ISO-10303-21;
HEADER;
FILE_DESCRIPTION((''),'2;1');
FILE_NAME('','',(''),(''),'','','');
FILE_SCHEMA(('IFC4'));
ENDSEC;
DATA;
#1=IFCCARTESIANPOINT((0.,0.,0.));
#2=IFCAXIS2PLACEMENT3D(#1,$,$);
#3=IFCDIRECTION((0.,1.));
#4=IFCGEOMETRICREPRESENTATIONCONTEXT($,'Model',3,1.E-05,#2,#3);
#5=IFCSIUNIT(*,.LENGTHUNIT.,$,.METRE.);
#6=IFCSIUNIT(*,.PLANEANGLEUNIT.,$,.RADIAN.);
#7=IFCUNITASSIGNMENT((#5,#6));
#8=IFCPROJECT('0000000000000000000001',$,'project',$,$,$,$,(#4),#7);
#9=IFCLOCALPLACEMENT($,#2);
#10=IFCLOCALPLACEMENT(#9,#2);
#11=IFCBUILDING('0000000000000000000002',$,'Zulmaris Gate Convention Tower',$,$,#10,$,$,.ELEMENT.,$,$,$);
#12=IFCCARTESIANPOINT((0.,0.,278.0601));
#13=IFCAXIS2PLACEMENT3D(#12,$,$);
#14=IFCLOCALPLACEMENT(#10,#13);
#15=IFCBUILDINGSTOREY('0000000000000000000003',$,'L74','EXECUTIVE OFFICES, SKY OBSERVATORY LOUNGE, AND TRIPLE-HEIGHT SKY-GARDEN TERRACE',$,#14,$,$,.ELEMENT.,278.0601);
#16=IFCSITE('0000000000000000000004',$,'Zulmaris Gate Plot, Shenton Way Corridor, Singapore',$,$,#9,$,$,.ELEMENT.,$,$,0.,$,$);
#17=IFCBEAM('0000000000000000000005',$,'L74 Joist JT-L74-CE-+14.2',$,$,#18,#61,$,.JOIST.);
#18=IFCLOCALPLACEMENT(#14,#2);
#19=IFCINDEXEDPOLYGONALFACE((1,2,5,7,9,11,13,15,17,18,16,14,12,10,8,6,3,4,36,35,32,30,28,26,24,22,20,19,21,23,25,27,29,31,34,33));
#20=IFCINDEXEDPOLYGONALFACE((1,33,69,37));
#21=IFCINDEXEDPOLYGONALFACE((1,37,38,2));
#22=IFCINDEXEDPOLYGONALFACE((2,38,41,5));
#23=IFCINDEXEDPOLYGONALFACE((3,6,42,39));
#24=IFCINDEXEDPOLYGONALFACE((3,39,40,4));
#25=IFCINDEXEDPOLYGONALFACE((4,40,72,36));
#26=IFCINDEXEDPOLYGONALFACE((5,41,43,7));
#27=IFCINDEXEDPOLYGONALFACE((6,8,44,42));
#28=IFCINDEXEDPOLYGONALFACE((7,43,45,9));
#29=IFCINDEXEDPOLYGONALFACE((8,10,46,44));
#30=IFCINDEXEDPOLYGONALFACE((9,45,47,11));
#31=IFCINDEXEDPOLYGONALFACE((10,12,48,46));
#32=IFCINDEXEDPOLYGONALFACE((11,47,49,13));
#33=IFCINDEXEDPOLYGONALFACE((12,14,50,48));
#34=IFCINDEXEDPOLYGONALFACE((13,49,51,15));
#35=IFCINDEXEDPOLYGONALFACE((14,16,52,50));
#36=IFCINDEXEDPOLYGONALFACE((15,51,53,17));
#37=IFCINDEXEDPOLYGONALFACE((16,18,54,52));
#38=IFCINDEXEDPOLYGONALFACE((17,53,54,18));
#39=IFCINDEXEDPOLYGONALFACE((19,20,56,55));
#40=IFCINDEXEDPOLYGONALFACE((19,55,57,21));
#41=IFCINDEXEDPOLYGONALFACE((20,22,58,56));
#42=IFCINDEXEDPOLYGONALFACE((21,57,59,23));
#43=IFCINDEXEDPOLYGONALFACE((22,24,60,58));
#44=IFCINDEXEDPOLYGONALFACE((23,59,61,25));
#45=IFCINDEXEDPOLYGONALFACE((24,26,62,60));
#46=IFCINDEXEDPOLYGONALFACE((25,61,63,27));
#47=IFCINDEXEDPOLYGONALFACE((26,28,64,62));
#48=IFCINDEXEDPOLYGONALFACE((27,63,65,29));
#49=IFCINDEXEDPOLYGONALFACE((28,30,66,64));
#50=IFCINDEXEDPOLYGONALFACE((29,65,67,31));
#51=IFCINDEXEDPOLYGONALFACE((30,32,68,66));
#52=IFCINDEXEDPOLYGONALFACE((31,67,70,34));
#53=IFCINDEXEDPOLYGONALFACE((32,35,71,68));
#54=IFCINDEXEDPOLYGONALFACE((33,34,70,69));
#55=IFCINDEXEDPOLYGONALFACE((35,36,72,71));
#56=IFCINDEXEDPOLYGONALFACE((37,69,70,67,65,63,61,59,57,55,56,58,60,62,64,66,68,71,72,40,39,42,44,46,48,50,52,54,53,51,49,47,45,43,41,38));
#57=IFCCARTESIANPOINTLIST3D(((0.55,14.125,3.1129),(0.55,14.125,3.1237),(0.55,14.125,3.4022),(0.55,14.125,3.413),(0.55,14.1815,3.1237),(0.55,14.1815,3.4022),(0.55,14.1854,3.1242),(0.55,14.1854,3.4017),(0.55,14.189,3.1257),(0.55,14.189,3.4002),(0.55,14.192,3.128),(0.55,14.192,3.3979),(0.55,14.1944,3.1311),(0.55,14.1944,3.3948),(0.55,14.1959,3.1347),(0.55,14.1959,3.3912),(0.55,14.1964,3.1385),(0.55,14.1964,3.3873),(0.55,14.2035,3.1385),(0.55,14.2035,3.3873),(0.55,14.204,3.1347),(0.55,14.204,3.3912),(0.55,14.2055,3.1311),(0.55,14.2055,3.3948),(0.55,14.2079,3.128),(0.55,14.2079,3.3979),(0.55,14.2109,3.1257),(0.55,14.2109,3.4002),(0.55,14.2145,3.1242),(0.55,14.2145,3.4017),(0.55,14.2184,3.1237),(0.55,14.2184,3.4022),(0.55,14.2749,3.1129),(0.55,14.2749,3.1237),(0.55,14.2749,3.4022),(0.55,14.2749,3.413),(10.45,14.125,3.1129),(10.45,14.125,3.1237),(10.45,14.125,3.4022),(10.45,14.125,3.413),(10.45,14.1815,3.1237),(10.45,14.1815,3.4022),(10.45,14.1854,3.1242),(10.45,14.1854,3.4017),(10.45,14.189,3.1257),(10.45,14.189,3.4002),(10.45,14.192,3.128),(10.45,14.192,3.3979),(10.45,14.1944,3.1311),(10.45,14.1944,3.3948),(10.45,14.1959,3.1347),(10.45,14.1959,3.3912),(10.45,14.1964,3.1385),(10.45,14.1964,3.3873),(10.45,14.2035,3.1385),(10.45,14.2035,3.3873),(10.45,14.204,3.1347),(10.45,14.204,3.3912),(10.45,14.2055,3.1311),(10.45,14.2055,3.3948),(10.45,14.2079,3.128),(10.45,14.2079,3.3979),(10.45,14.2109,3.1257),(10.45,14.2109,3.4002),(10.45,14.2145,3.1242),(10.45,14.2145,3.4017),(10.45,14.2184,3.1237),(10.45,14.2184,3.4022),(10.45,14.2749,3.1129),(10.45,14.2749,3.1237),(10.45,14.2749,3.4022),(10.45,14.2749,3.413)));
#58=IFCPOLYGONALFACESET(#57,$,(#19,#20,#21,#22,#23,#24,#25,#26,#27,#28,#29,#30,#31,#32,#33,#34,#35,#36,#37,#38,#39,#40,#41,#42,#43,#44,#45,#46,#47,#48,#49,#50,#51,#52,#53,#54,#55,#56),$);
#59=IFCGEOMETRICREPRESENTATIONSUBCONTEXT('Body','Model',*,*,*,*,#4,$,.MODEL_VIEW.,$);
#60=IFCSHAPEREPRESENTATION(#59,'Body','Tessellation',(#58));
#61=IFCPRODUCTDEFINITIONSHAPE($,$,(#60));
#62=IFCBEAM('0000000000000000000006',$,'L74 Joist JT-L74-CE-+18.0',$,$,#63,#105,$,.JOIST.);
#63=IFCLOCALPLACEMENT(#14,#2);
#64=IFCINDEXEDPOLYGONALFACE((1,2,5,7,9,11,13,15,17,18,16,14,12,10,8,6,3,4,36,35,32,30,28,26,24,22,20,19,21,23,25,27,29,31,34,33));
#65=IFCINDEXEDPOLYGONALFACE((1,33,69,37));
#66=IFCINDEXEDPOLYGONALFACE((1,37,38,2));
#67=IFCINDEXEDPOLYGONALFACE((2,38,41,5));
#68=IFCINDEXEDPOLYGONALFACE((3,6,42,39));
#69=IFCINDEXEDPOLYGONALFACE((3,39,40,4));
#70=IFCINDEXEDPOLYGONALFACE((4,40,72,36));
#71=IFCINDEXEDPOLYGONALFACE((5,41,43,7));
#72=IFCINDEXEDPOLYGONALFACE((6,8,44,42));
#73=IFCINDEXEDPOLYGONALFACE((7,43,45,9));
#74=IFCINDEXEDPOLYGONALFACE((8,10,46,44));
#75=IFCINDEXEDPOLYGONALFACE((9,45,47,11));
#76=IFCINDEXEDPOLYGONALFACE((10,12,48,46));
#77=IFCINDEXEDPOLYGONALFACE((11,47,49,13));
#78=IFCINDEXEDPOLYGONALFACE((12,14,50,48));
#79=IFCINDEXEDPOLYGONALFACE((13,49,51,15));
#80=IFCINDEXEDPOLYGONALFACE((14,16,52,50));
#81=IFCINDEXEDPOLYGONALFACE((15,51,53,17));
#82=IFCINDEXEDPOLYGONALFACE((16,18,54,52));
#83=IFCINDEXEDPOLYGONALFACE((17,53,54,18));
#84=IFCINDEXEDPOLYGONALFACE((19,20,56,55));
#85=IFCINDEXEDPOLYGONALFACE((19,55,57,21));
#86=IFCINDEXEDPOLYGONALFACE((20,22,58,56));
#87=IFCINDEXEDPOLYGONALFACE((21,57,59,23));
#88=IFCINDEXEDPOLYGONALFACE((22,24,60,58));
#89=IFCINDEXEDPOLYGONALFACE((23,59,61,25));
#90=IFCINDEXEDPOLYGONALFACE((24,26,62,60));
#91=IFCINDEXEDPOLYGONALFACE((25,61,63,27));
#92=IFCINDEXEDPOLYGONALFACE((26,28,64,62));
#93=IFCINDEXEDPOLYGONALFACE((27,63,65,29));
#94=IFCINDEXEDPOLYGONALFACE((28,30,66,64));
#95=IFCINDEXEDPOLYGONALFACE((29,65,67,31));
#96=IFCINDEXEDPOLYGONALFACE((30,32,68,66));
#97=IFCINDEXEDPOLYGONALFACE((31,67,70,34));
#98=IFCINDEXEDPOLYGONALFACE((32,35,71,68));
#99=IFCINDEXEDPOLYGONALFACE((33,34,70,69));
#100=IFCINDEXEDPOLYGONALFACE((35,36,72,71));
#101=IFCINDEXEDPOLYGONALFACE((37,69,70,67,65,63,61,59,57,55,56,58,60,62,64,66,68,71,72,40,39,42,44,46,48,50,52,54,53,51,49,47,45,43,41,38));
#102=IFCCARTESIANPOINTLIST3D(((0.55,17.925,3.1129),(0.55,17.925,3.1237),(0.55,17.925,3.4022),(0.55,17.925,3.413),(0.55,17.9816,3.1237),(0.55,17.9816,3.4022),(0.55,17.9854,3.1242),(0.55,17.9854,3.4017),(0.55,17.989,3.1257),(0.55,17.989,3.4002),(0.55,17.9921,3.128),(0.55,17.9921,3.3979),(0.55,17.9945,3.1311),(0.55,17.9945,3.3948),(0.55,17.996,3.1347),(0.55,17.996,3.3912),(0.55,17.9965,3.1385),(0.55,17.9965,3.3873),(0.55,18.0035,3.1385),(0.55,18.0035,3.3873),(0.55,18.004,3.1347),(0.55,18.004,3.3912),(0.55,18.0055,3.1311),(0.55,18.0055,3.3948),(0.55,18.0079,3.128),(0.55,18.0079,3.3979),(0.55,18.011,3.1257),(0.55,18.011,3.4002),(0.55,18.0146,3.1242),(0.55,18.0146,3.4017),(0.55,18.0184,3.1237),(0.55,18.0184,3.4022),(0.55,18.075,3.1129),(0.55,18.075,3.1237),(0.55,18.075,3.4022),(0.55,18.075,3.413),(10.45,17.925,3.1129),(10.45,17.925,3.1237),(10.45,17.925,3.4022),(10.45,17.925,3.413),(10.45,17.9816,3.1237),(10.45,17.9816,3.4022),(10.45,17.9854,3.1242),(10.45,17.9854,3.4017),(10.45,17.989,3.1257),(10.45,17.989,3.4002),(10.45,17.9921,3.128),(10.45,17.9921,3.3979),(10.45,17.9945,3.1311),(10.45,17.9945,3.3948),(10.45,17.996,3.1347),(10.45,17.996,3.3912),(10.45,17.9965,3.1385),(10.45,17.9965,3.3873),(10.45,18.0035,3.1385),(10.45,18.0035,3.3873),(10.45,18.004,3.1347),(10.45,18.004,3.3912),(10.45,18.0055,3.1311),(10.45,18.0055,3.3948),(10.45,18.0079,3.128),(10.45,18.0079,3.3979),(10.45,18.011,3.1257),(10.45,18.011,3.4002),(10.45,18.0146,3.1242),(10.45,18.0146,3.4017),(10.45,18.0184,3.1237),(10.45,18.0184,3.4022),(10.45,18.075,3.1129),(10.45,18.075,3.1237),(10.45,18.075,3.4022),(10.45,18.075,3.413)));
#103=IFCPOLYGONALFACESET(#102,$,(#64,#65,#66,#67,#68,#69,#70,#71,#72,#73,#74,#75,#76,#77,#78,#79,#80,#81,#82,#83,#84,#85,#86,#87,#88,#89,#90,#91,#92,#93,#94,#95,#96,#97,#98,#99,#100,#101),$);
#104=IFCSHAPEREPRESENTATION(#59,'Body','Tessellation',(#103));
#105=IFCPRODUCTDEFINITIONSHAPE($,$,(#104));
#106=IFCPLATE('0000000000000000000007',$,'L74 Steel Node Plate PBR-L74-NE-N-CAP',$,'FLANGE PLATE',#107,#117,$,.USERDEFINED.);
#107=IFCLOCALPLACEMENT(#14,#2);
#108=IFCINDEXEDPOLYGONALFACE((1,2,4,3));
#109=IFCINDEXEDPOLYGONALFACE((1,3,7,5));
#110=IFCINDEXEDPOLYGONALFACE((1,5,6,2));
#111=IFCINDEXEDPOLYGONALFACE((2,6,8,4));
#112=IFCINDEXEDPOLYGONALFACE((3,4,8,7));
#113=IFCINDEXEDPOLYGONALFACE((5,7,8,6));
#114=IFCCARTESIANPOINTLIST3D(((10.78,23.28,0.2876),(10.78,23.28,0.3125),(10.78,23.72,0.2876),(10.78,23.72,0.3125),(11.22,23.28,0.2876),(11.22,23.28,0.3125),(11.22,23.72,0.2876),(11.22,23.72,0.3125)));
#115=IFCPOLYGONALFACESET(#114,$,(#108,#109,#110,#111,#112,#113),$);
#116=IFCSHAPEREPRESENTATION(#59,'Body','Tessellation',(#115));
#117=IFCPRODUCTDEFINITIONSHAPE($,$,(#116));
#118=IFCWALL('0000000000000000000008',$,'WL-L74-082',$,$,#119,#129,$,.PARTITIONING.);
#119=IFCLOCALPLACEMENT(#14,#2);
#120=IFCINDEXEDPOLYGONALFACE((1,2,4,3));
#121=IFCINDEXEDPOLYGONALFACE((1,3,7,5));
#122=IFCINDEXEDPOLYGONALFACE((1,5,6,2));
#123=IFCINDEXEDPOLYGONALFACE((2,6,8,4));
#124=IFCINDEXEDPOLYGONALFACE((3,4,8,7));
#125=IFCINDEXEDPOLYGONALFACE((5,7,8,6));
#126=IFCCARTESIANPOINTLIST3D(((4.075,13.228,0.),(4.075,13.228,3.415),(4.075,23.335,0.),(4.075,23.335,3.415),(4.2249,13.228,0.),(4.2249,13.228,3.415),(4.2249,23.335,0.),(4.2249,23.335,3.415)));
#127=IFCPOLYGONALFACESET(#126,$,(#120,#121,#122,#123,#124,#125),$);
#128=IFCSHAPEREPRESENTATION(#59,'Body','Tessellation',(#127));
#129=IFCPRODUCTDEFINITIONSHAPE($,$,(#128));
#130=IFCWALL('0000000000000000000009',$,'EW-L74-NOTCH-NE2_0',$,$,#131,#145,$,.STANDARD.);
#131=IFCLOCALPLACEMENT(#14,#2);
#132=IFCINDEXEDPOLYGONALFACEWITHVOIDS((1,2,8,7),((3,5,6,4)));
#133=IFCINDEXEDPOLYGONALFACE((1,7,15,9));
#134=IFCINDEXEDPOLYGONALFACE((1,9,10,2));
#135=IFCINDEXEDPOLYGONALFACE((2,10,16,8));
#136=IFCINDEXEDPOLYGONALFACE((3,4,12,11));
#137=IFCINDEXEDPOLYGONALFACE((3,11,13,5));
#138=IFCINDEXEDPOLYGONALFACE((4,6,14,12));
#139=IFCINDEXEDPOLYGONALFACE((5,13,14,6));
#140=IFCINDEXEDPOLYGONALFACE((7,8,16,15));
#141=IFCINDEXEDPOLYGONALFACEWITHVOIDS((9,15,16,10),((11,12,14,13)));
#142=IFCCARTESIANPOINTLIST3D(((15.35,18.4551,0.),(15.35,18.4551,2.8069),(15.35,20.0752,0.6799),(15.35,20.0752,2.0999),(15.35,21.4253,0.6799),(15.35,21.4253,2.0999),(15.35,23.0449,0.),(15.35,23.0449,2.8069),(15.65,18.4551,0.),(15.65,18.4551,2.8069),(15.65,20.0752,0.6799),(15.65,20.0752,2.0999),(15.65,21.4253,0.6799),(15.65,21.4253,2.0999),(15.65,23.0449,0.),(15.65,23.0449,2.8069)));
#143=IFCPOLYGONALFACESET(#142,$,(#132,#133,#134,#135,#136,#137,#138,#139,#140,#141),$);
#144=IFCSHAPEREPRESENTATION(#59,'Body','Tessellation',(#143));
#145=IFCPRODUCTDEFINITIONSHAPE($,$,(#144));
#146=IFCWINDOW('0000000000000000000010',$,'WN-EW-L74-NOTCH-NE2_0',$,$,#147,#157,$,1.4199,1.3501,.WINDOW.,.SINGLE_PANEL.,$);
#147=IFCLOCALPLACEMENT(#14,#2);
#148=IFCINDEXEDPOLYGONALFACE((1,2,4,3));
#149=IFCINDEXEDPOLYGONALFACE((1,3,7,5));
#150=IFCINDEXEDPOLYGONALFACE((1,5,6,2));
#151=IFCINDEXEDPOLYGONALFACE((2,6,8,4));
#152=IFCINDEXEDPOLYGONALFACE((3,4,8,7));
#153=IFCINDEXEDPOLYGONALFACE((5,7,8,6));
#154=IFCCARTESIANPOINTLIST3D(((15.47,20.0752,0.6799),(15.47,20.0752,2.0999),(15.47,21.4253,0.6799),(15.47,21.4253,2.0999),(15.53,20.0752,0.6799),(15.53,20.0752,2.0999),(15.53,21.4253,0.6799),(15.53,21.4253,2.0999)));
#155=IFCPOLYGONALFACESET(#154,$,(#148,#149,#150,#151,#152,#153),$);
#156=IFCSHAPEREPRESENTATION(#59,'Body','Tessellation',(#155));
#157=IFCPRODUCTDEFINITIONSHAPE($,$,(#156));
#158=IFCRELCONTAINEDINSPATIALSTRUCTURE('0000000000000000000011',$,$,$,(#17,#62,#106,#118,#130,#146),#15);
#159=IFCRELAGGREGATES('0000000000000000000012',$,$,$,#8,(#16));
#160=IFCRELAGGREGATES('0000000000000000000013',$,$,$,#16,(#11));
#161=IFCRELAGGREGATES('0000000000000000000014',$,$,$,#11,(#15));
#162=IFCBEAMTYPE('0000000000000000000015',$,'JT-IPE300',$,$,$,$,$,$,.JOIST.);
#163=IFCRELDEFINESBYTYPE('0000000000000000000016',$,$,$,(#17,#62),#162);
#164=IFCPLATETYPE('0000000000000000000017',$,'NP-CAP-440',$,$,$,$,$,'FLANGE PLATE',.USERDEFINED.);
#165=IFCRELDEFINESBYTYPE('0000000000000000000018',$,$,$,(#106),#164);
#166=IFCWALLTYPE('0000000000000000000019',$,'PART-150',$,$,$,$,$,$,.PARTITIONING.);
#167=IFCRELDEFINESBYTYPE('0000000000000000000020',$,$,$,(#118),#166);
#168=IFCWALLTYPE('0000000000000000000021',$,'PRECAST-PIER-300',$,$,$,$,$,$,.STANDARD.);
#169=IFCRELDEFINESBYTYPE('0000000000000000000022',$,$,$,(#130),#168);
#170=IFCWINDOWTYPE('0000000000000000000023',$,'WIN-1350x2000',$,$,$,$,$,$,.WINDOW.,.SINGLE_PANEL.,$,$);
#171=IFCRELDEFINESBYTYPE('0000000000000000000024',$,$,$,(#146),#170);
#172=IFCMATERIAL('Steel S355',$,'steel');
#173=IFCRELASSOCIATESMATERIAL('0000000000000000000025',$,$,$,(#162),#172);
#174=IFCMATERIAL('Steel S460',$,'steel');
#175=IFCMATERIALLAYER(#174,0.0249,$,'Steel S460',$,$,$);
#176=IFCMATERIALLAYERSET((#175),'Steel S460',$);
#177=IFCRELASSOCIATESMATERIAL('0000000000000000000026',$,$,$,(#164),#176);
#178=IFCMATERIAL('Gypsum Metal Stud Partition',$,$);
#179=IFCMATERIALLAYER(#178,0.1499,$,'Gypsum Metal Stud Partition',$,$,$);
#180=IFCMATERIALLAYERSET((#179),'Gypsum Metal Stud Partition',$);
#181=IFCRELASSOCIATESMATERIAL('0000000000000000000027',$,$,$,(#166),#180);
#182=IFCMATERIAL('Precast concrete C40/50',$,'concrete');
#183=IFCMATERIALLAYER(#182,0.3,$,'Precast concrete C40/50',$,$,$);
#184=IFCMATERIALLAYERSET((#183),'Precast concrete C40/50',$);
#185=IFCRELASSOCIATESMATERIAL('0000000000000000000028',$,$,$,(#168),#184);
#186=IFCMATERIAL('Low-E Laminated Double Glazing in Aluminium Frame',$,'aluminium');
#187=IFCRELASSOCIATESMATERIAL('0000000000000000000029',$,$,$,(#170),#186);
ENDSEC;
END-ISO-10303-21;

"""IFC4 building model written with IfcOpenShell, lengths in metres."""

from ifc_helpers import new_model, si_unit, direction, frame, frame_2d, origin, origin_2d, place, context, subcontext, project, spatial, rectangle, i_section, extrude, material, layer, layer_set, material_profile, profile_set, type_object, element, fill, save


model = new_model("IFC4")

# Units and contexts
model_context = context("Model", 3, precision=1e-05, world=origin(), true_north=direction((0.0, 1.0)))
body_context = subcontext(model_context, "Body", "Model", "MODEL_VIEW")
ifc_project = project(units=[si_unit("LENGTHUNIT", "METRE"), si_unit("PLANEANGLEUNIT", "RADIAN")], contexts=[model_context])

# Site, building, storey
site_placement = place(None, origin())
site = spatial("IfcSite", under=ifc_project, at=site_placement, Name="Zulmaris Gate Plot, Shenton Way Corridor, Singapore", CompositionType="ELEMENT", RefElevation=0.0)
building_placement = place(site_placement, origin())
building = spatial("IfcBuilding", under=site, at=building_placement, Name="Zulmaris Gate Convention Tower", CompositionType="ELEMENT")
storey_placement = place(building_placement, frame((0.0, 0.0, 278.0601)))
storey = spatial("IfcBuildingStorey", under=building, at=storey_placement, Name="L74", Description="EXECUTIVE OFFICES, SKY OBSERVATORY LOUNGE, AND TRIPLE-HEIGHT SKY-GARDEN TERRACE", CompositionType="ELEMENT", Elevation=278.0601)

# Shared definitions
ifc_material_1 = material(Name="Steel S355", Category="steel")

# Beams
ifc_material_profile_1 = material_profile(ifc_material_1, i_section(OverallWidth=0.1499, OverallDepth=0.3, WebThickness=0.0071, FlangeThickness=0.0107, FilletRadius=0.0149, at=origin_2d()), Name="IPE 300")
ifc_profile_set_1 = profile_set([ifc_material_profile_1], Name="Steel S355")
beam_type_1 = type_object("IfcBeamType", Name="JT-IPE300", PredefinedType="JOIST", material=ifc_profile_set_1)
for number, where, z_axis, x_axis, name in (
    (1, (0.55, 14.2, 3.2629), (1.0, 0.0, 0.0), (0.0, 1.0, 0.0), "L74 Joist JT-L74-CE-+14.2"),
    (2, (0.55, 18.0, 3.2629), (1.0, 0.0, 0.0), (0.0, 1.0, 0.0), "L74 Joist JT-L74-CE-+18.0"),
):
    element("IfcBeam", number, at=place(storey_placement, frame(where, z_axis=z_axis, x_axis=x_axis)), inside=storey, type_object=beam_type_1, Name=name, PredefinedType="JOIST", context=body_context, shape_type="SweptSolid", body=[
        extrude(i_section(OverallWidth=0.1499, OverallDepth=0.3, WebThickness=0.0071, FlangeThickness=0.0107, FilletRadius=0.0149, at=origin_2d()), origin(), (0.0, 0.0, 1.0), 9.8999),
    ])

# Plate
ifc_material_2 = material(Name="Steel S460", Category="steel")
ifc_layer_1 = layer(ifc_material_2, 0.0249, Name="Steel S460")
ifc_layer_set_1 = layer_set([ifc_layer_1], Name="Steel S460")
plate_type = type_object("IfcPlateType", Name="NP-CAP-440", ElementType="FLANGE PLATE", PredefinedType="USERDEFINED", material=ifc_layer_set_1)
plate_placement = place(storey_placement, frame((11.0, 23.5, 0.2876), z_axis=(0.0, 0.0, 1.0), x_axis=(1.0, 0.0, 0.0)))
element("IfcPlate", 3, at=plate_placement, inside=storey, type_object=plate_type, Name="L74 Steel Node Plate PBR-L74-NE-N-CAP", ObjectType="FLANGE PLATE", PredefinedType="USERDEFINED", context=body_context, shape_type="SweptSolid", body=[
    extrude(rectangle(XDim=0.4399, YDim=0.4399, at=origin_2d()), origin(), (0.0, 0.0, 1.0), 0.0249),
])

# Wall
ifc_material_3 = material(Name="Gypsum Metal Stud Partition")
ifc_layer_2 = layer(ifc_material_3, 0.1499, Name="Gypsum Metal Stud Partition")
ifc_layer_set_2 = layer_set([ifc_layer_2], Name="Gypsum Metal Stud Partition")
wall_type_1 = type_object("IfcWallType", Name="PART-150", PredefinedType="PARTITIONING", material=ifc_layer_set_2)
wall_1_placement = place(storey_placement, frame((4.1499, 13.228, 0.0), z_axis=(0.0, 0.0, 1.0), x_axis=(0.0, 1.0, 0.0)))
element("IfcWall", 4, at=wall_1_placement, inside=storey, type_object=wall_type_1, Name="WL-L74-082", PredefinedType="PARTITIONING", context=body_context, shape_type="SweptSolid", body=[
    extrude(rectangle(XDim=10.1069, YDim=0.1499, at=frame_2d((5.0535, 0.0))), origin(), (0.0, 0.0, 1.0), 3.415),
])

# Wall, opening, window
ifc_material_4 = material(Name="Precast concrete C40/50", Category="concrete")
ifc_layer_3 = layer(ifc_material_4, 0.3, Name="Precast concrete C40/50")
ifc_layer_set_3 = layer_set([ifc_layer_3], Name="Precast concrete C40/50")
wall_type_2 = type_object("IfcWallType", Name="PRECAST-PIER-300", PredefinedType="STANDARD", material=ifc_layer_set_3)
wall_2_placement = place(storey_placement, frame((15.5, 18.4551, 0.0), z_axis=(0.0, 0.0, 1.0), x_axis=(0.0, 1.0, 0.0)))
wall_2 = element("IfcWall", 5, at=wall_2_placement, inside=storey, type_object=wall_type_2, Name="EW-L74-NOTCH-NE2_0", PredefinedType="STANDARD", context=body_context, shape_type="SweptSolid", body=[
    extrude(rectangle(XDim=4.5898, YDim=0.3, at=frame_2d((2.2949, 0.0))), origin(), (0.0, 0.0, 1.0), 2.8069),
])
opening_1_placement = place(wall_2_placement, frame((1.6201, 0.0, 0.6799)))
opening_1 = element("IfcOpeningElement", 6, at=opening_1_placement, cuts=wall_2, PredefinedType="OPENING", context=body_context, shape_type="SweptSolid", body=[
    extrude(rectangle(XDim=1.3501, YDim=1.4199, at=frame_2d((0.675, 0.71))), frame((0.0, 0.1602, 0.0), z_axis=(0.0, -1.0, 0.0), x_axis=(1.0, 0.0, 0.0)), (0.0, 0.0, 1.0), 0.3201),
])
ifc_material_5 = material(Name="Low-E Laminated Double Glazing in Aluminium Frame", Category="aluminium")
window_type_1 = type_object("IfcWindowType", Name="WIN-1350x2000", PartitioningType="SINGLE_PANEL", PredefinedType="WINDOW", material=ifc_material_5)
window_1_placement = place(opening_1_placement, origin())
window_1 = element("IfcWindow", 7, at=window_1_placement, inside=storey, type_object=window_type_1, Name="WN-EW-L74-NOTCH-NE2_0", OverallHeight=1.4199, OverallWidth=1.3501, PartitioningType="SINGLE_PANEL", PredefinedType="WINDOW", context=body_context, shape_type="SweptSolid", body=[
    extrude(rectangle(XDim=1.3501, YDim=1.4199, at=frame_2d((0.675, 0.71))), frame((0.0, 0.03, 0.0), z_axis=(0.0, -1.0, 0.0), x_axis=(1.0, 0.0, 0.0)), (0.0, 0.0, 1.0), 0.0601),
])
fill(opening_1, window_1)

save(model, "model.ifc")
